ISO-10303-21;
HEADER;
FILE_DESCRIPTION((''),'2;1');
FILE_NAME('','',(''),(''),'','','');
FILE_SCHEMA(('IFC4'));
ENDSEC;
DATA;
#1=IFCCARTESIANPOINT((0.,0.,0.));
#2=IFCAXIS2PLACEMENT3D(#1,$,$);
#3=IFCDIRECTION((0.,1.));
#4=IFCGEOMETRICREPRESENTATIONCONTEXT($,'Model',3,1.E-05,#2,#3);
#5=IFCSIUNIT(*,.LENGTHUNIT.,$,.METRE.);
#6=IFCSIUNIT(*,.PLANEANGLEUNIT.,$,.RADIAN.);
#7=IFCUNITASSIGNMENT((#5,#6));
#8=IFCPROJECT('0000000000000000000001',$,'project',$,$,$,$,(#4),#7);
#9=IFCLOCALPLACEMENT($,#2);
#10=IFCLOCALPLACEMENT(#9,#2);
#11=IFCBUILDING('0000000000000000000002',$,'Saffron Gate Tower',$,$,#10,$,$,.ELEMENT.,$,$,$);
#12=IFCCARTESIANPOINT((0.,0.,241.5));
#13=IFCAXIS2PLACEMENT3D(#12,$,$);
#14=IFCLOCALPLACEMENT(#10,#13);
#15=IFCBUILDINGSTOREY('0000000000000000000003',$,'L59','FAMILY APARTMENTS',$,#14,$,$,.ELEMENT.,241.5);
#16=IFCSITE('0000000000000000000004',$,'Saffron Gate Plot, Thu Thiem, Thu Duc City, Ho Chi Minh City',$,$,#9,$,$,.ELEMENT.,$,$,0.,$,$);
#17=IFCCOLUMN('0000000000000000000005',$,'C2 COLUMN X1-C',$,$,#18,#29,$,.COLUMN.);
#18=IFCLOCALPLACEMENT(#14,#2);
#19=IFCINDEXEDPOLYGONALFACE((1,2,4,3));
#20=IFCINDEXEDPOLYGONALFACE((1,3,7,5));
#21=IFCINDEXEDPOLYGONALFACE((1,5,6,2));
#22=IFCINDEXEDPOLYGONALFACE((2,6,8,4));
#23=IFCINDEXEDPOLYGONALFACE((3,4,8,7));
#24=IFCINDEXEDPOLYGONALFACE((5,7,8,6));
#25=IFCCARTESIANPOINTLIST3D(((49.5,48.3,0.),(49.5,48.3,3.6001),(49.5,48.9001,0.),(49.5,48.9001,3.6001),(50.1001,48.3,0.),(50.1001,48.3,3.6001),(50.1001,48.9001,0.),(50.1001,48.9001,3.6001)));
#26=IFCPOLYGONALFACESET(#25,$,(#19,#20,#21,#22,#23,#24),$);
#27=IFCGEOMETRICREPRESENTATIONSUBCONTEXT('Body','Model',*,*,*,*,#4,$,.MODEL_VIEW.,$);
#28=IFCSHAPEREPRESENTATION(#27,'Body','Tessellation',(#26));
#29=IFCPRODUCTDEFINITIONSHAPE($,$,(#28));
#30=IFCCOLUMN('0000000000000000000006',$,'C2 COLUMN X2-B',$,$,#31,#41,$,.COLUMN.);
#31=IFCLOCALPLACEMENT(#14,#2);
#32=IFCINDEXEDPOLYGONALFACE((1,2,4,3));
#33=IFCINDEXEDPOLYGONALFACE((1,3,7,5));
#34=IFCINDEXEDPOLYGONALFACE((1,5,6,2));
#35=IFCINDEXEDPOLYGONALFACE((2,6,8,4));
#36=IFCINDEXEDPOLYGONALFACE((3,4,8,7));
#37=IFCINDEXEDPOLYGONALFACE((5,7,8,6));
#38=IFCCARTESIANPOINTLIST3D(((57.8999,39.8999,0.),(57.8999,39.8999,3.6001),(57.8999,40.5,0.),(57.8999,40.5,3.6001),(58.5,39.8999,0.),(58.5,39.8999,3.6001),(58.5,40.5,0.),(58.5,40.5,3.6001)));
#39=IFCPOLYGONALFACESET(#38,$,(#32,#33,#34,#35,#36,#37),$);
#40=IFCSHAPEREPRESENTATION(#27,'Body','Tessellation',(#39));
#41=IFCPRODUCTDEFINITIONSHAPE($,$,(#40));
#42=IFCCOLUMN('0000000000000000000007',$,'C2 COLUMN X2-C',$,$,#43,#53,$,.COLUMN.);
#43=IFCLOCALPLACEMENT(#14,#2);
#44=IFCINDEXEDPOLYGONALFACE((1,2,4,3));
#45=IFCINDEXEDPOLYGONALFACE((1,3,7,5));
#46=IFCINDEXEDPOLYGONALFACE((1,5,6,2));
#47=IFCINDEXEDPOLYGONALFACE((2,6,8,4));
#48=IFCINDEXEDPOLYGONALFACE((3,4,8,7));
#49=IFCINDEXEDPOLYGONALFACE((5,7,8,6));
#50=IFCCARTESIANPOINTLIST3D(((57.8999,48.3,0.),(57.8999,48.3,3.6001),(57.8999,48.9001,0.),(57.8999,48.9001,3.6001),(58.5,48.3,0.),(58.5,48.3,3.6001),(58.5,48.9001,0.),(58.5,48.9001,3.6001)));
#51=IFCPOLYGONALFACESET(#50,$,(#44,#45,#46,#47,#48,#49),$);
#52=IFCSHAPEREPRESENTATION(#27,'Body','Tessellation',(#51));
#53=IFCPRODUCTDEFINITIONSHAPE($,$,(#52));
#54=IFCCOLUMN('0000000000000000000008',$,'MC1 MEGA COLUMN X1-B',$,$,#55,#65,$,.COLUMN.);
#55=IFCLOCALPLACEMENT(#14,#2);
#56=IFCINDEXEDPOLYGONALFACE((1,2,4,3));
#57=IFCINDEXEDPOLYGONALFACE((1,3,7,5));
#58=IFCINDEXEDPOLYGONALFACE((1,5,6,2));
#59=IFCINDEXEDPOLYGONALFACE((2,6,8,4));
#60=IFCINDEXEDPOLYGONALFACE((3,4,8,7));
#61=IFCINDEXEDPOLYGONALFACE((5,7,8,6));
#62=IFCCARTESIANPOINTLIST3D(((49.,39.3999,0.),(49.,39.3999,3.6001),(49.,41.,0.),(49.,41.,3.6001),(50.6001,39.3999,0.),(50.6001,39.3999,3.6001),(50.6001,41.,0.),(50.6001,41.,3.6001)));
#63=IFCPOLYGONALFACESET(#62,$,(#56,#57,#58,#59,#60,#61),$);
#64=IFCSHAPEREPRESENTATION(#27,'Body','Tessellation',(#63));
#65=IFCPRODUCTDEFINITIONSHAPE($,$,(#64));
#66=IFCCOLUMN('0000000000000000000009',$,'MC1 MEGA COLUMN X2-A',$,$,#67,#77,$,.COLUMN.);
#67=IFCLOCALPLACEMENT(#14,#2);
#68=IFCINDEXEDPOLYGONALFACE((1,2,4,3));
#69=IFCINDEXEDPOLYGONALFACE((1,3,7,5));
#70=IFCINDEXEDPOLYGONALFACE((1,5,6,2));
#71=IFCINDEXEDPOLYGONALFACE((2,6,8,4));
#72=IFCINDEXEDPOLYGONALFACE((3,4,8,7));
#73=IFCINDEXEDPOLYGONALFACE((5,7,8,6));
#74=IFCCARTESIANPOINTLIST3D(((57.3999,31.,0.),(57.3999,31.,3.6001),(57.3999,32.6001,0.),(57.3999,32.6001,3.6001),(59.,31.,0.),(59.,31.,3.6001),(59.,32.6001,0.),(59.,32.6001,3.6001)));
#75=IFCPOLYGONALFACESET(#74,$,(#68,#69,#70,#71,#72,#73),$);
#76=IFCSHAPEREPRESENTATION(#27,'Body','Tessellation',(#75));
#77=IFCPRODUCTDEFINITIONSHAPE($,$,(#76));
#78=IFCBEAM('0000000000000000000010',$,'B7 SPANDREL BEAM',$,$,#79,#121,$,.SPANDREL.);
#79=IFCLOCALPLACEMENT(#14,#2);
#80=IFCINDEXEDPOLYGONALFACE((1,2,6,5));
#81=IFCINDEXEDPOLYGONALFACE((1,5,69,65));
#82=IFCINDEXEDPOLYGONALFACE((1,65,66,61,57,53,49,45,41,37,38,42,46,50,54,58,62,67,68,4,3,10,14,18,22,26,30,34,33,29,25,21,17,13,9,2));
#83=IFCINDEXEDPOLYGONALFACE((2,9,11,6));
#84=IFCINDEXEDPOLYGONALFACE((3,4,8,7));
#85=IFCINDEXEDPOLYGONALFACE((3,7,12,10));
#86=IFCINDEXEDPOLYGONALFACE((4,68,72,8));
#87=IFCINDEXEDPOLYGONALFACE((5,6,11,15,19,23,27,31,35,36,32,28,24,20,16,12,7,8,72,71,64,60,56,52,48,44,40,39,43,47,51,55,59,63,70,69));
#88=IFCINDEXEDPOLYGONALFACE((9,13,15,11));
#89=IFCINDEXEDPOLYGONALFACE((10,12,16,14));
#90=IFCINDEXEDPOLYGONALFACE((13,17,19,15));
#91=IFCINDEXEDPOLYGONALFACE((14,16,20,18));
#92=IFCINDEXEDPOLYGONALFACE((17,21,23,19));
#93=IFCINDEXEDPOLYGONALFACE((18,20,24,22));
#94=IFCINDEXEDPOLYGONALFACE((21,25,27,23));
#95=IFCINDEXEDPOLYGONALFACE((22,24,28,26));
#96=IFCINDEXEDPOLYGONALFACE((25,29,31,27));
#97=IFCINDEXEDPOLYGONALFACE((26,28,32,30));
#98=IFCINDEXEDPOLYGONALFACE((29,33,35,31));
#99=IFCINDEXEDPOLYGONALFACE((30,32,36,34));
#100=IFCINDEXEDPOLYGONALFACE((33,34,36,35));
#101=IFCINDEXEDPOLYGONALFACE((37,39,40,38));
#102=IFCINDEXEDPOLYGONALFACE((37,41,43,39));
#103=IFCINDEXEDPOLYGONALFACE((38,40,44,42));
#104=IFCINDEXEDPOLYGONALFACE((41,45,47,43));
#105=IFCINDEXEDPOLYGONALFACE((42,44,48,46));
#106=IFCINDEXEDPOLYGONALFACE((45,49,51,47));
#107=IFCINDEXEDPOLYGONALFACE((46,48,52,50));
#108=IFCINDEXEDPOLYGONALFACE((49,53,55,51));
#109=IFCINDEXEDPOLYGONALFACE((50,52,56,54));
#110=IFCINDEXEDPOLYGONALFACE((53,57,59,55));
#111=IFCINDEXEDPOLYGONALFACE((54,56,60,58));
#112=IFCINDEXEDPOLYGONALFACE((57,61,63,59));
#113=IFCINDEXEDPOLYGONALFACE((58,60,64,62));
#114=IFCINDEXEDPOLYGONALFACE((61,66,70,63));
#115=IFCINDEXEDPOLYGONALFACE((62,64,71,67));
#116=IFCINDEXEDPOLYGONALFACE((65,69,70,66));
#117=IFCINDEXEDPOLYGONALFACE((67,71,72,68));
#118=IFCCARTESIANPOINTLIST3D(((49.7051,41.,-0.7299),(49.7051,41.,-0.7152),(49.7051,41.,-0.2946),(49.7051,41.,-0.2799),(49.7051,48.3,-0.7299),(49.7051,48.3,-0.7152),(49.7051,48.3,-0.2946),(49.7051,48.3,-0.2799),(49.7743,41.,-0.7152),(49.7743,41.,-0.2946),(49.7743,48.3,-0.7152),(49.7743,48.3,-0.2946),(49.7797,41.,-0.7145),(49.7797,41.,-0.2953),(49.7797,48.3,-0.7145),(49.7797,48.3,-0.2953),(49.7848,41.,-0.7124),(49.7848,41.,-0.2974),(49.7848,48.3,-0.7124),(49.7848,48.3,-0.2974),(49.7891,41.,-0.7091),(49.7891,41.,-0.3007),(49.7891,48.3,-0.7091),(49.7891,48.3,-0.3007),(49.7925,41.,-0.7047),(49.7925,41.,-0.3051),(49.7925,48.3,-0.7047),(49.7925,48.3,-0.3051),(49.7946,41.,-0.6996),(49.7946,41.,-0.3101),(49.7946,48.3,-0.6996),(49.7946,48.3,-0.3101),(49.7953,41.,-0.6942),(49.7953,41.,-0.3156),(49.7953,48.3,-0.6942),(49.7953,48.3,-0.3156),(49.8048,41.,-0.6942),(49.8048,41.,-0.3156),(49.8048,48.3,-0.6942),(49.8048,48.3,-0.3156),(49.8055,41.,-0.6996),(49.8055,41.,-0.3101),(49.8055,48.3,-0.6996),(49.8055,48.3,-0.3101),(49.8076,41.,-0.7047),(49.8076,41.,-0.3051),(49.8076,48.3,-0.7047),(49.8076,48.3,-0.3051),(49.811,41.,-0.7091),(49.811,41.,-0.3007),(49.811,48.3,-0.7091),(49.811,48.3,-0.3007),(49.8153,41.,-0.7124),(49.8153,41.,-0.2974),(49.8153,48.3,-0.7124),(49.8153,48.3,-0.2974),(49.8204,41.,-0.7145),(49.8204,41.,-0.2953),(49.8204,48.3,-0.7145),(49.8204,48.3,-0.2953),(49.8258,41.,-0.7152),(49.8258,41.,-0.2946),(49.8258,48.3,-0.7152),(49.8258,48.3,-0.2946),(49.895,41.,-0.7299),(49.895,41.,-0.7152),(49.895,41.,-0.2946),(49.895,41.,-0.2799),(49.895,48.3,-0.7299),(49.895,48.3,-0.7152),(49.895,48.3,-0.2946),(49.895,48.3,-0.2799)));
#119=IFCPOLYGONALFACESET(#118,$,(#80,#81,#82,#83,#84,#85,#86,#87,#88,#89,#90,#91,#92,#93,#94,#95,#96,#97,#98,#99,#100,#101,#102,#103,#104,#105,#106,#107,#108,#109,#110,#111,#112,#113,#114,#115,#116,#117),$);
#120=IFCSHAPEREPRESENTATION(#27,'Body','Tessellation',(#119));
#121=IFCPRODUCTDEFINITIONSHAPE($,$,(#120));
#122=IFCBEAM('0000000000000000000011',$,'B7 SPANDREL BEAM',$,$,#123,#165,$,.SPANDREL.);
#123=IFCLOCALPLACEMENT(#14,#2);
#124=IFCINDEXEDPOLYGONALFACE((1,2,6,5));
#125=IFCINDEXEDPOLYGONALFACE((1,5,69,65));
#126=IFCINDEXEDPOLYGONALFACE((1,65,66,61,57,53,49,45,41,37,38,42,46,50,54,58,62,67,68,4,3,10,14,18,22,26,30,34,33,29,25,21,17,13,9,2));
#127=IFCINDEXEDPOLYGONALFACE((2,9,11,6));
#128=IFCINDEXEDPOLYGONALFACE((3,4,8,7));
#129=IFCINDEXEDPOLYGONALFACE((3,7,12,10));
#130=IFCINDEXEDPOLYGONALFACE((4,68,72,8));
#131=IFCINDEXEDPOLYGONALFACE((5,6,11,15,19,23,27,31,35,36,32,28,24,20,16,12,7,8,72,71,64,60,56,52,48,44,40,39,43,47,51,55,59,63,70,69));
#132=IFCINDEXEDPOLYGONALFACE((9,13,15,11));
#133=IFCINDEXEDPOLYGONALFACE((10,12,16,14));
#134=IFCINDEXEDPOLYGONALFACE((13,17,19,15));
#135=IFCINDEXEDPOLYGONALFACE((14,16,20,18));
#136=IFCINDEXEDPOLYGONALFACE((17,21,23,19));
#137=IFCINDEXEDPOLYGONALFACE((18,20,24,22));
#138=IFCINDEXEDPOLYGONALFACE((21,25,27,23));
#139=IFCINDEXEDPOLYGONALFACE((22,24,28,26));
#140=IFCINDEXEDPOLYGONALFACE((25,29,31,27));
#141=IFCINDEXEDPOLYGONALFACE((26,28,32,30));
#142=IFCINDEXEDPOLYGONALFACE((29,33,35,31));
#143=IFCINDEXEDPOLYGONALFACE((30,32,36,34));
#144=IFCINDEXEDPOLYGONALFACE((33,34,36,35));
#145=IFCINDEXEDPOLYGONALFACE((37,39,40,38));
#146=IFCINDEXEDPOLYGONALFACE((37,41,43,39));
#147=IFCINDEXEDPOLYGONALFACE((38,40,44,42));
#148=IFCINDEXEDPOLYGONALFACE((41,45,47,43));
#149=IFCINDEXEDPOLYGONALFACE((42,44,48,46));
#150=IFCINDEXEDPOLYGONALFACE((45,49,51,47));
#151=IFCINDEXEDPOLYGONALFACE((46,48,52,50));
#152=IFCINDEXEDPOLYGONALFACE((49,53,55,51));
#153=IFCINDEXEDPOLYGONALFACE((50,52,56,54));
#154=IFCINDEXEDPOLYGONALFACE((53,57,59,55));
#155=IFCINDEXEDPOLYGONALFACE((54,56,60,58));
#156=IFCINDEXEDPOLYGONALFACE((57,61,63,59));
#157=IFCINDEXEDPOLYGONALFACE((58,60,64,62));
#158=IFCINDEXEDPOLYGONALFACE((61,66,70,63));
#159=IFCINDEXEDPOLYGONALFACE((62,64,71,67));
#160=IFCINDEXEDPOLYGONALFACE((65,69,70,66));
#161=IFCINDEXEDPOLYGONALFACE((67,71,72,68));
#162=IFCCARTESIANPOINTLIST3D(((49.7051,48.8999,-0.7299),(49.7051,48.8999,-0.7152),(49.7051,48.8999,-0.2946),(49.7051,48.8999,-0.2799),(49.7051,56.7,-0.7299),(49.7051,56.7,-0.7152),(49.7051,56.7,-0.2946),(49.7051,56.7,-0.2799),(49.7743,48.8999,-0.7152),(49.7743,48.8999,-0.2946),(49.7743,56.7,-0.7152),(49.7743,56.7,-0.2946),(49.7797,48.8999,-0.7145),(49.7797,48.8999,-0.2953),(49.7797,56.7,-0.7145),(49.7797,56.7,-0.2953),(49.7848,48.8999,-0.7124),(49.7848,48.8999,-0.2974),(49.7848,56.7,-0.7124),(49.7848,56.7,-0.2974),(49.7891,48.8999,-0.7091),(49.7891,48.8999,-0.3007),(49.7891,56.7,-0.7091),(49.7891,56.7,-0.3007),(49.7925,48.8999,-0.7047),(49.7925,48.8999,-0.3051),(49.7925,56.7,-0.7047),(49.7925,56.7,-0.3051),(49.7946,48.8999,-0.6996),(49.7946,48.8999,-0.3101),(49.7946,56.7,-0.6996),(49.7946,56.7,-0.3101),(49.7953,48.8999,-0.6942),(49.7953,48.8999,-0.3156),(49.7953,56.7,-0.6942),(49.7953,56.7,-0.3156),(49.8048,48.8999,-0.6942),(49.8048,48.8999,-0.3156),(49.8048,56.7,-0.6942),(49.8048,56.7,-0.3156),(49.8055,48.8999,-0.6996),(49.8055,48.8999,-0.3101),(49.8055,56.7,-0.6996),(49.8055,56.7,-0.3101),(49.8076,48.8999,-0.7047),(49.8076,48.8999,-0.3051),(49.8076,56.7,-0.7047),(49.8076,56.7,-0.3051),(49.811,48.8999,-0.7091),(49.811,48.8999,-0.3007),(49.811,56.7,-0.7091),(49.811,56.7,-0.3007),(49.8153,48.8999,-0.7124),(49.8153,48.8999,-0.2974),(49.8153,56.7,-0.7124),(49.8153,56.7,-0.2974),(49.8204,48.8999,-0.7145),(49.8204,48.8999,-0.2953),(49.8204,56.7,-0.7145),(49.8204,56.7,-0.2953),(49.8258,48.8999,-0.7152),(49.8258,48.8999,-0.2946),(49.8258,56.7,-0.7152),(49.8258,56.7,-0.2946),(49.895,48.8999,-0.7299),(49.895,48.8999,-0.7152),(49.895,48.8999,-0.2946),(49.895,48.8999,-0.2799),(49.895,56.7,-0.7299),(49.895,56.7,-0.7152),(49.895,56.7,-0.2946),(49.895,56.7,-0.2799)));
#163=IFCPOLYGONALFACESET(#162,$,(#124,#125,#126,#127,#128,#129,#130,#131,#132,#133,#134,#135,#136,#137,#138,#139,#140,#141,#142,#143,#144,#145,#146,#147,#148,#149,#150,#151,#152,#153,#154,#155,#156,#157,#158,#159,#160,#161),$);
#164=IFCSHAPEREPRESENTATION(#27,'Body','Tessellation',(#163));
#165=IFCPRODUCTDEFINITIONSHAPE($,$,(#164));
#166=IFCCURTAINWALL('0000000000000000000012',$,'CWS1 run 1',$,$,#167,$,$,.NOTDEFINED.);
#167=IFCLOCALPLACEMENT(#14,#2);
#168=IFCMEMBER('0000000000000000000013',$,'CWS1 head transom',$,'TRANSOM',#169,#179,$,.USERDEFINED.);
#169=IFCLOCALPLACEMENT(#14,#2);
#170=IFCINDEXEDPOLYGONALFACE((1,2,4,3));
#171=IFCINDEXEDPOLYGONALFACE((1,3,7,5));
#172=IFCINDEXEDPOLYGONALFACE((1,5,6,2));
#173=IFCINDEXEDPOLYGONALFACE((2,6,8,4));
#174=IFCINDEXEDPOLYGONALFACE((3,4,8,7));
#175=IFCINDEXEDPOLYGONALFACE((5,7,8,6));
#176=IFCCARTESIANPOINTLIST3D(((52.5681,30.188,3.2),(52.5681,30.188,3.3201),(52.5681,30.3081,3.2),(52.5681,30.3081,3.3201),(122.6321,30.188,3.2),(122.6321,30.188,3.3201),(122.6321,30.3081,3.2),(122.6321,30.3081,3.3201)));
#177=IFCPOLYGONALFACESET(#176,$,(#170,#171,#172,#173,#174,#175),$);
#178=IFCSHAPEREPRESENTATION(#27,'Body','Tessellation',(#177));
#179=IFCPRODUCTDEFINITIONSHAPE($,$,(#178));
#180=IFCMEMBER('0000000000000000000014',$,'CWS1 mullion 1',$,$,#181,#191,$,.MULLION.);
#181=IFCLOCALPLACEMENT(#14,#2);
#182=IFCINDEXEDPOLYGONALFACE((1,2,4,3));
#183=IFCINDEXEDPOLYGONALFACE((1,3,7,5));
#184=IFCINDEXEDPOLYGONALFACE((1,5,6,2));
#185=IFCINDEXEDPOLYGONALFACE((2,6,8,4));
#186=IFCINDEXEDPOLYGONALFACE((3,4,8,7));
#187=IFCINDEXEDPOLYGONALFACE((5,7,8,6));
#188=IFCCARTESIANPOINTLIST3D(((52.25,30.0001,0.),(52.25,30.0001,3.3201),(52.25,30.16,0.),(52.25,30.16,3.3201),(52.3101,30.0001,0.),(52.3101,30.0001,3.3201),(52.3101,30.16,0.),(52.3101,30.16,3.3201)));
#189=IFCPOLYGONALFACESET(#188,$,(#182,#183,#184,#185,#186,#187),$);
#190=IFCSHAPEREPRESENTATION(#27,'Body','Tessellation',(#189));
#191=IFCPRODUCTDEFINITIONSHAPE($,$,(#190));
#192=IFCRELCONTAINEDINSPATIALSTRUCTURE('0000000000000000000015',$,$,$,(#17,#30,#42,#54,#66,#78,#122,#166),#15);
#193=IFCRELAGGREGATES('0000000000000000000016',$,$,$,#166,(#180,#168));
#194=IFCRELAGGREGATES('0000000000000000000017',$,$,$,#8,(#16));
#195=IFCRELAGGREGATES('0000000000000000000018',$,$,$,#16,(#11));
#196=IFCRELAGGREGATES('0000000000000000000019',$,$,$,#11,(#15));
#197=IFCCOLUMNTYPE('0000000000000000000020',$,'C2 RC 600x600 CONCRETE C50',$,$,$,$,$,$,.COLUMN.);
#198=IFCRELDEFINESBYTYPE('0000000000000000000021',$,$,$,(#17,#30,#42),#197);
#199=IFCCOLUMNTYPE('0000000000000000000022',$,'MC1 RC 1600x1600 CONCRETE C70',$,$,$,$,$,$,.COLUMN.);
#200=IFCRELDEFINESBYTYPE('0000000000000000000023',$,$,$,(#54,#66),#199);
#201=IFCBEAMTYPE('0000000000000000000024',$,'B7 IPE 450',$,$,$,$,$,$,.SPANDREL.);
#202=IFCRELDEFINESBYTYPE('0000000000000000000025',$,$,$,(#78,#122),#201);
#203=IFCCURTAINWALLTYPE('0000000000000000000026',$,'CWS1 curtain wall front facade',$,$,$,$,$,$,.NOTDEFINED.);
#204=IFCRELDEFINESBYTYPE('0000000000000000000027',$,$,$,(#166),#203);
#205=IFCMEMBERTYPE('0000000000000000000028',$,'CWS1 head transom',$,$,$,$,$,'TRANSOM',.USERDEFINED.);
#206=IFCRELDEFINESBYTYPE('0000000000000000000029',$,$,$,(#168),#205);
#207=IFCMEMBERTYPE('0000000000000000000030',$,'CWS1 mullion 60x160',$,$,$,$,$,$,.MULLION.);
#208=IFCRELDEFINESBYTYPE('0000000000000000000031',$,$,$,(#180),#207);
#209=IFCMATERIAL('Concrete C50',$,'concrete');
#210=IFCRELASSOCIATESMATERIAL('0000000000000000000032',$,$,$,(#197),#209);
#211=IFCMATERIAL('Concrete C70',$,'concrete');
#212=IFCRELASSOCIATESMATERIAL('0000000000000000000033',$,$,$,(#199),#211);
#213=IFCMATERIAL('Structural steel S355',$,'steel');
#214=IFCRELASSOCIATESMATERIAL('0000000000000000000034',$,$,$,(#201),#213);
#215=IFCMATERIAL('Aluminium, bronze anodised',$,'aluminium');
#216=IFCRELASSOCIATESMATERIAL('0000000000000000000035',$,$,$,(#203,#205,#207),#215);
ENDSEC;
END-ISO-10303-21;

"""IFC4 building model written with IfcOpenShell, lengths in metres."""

from ifc_helpers import new_model, si_unit, direction, frame, origin, origin_2d, place, context, subcontext, project, spatial, rectangle, i_section, extrude, material, material_profile, profile_set, type_object, element, aggregate, save


model = new_model("IFC4")

# Units and contexts
model_context = context("Model", 3, precision=1e-05, world=origin(), true_north=direction((0.0, 1.0)))
body_context = subcontext(model_context, "Body", "Model", "MODEL_VIEW")
ifc_project = project(units=[si_unit("LENGTHUNIT", "METRE"), si_unit("PLANEANGLEUNIT", "RADIAN")], contexts=[model_context])

# Site, building, storey
site_placement = place(None, origin())
site = spatial("IfcSite", under=ifc_project, at=site_placement, Name="Saffron Gate Plot, Thu Thiem, Thu Duc City, Ho Chi Minh City", CompositionType="ELEMENT", RefElevation=0.0)
building_placement = place(site_placement, origin())
building = spatial("IfcBuilding", under=site, at=building_placement, Name="Saffron Gate Tower", CompositionType="ELEMENT")
storey_placement = place(building_placement, frame((0.0, 0.0, 241.5)))
storey = spatial("IfcBuildingStorey", under=building, at=storey_placement, Name="L59", Description="FAMILY APARTMENTS", CompositionType="ELEMENT", Elevation=241.5)

# Columns
ifc_material_1 = material(Name="Concrete C50", Category="concrete")
ifc_material_profile_1 = material_profile(ifc_material_1, rectangle(XDim=0.6001, YDim=0.6001, at=origin_2d()))
ifc_profile_set_1 = profile_set([ifc_material_profile_1], Name="Concrete C50")
column_type_1 = type_object("IfcColumnType", Name="C2 RC 600x600 CONCRETE C50", PredefinedType="COLUMN", material=ifc_profile_set_1)
for number, where, z_axis, x_axis, name in (
    (1, (49.8, 48.6001, 0.0), (0.0, 0.0, 1.0), (1.0, 0.0, 0.0), "C2 COLUMN X1-C"),
    (2, (58.2, 40.2, 0.0), (0.0, 0.0, 1.0), (1.0, 0.0, 0.0), "C2 COLUMN X2-B"),
    (3, (58.2, 48.6001, 0.0), (0.0, 0.0, 1.0), (1.0, 0.0, 0.0), "C2 COLUMN X2-C"),
):
    element("IfcColumn", number, at=place(storey_placement, frame(where, z_axis=z_axis, x_axis=x_axis)), inside=storey, type_object=column_type_1, Name=name, PredefinedType="COLUMN", context=body_context, shape_type="SweptSolid", body=[
        extrude(rectangle(XDim=0.6001, YDim=0.6001, at=origin_2d()), origin(), (0.0, 0.0, 1.0), 3.6001),
    ])
ifc_material_2 = material(Name="Concrete C70", Category="concrete")
ifc_material_profile_2 = material_profile(ifc_material_2, rectangle(XDim=1.6001, YDim=1.6001, at=origin_2d()))
ifc_profile_set_2 = profile_set([ifc_material_profile_2], Name="Concrete C70")
column_type_2 = type_object("IfcColumnType", Name="MC1 RC 1600x1600 CONCRETE C70", PredefinedType="COLUMN", material=ifc_profile_set_2)
for number, where, z_axis, x_axis, name in (
    (4, (49.8, 40.2, 0.0), (0.0, 0.0, 1.0), (1.0, 0.0, 0.0), "MC1 MEGA COLUMN X1-B"),
    (5, (58.2, 31.8, 0.0), (0.0, 0.0, 1.0), (1.0, 0.0, 0.0), "MC1 MEGA COLUMN X2-A"),
):
    element("IfcColumn", number, at=place(storey_placement, frame(where, z_axis=z_axis, x_axis=x_axis)), inside=storey, type_object=column_type_2, Name=name, PredefinedType="COLUMN", context=body_context, shape_type="SweptSolid", body=[
        extrude(rectangle(XDim=1.6001, YDim=1.6001, at=origin_2d()), origin(), (0.0, 0.0, 1.0), 3.6001),
    ])

# Beams
ifc_material_3 = material(Name="Structural steel S355", Category="steel")
ifc_material_profile_3 = material_profile(ifc_material_3, i_section(OverallWidth=0.1899, OverallDepth=0.45, WebThickness=0.0095, FlangeThickness=0.0146, FilletRadius=0.021, at=origin_2d()))
ifc_profile_set_3 = profile_set([ifc_material_profile_3], Name="Structural steel S355")
beam_type = type_object("IfcBeamType", Name="B7 IPE 450", PredefinedType="SPANDREL", material=ifc_profile_set_3)
beam_1_placement = place(storey_placement, frame((49.8, 41.0, -0.5049), z_axis=(0.0, 1.0, 0.0), x_axis=(-1.0, 0.0, 0.0)))
element("IfcBeam", 6, at=beam_1_placement, inside=storey, type_object=beam_type, Name="B7 SPANDREL BEAM", PredefinedType="SPANDREL", context=body_context, shape_type="SweptSolid", body=[
    extrude(i_section(OverallWidth=0.1899, OverallDepth=0.45, WebThickness=0.0095, FlangeThickness=0.0146, FilletRadius=0.021, at=origin_2d()), origin(), (0.0, 0.0, 1.0), 7.3),
])
beam_2_placement = place(storey_placement, frame((49.8, 48.8999, -0.5049), z_axis=(0.0, 1.0, 0.0), x_axis=(-1.0, 0.0, 0.0)))
element("IfcBeam", 7, at=beam_2_placement, inside=storey, type_object=beam_type, Name="B7 SPANDREL BEAM", PredefinedType="SPANDREL", context=body_context, shape_type="SweptSolid", body=[
    extrude(i_section(OverallWidth=0.1899, OverallDepth=0.45, WebThickness=0.0095, FlangeThickness=0.0146, FilletRadius=0.021, at=origin_2d()), origin(), (0.0, 0.0, 1.0), 7.8),
])

# Curtain wall, members
ifc_material_4 = material(Name="Aluminium, bronze anodised", Category="aluminium")
curtain_wall_type_1 = type_object("IfcCurtainWallType", Name="CWS1 curtain wall front facade", PredefinedType="NOTDEFINED", material=ifc_material_4)
curtain_wall_1_placement = place(storey_placement, origin())
curtain_wall_1 = element("IfcCurtainWall", 8, at=curtain_wall_1_placement, inside=storey, type_object=curtain_wall_type_1, Name="CWS1 run 1", PredefinedType="NOTDEFINED")
ifc_material_profile_4 = material_profile(ifc_material_4, rectangle(XDim=0.1201, YDim=0.1201, at=origin_2d()))
ifc_profile_set_4 = profile_set([ifc_material_profile_4], Name="Aluminium, bronze anodised")
member_type_1 = type_object("IfcMemberType", Name="CWS1 head transom", ElementType="TRANSOM", PredefinedType="USERDEFINED", material=ifc_profile_set_4)
member_1_placement = place(storey_placement, frame((52.5681, 30.248, 3.26), z_axis=(1.0, 0.0, 0.0), x_axis=(0.0, 1.0, 0.0)))
member_1 = element("IfcMember", 9, at=member_1_placement, type_object=member_type_1, Name="CWS1 head transom", ObjectType="TRANSOM", PredefinedType="USERDEFINED", context=body_context, shape_type="SweptSolid", body=[
    extrude(rectangle(XDim=0.1201, YDim=0.1201, at=origin_2d()), origin(), (0.0, 0.0, 1.0), 70.064),
])
ifc_material_profile_5 = material_profile(ifc_material_4, rectangle(XDim=0.1599, YDim=0.0601, at=origin_2d()))
ifc_profile_set_5 = profile_set([ifc_material_profile_5], Name="Aluminium, bronze anodised")
member_type_2 = type_object("IfcMemberType", Name="CWS1 mullion 60x160", PredefinedType="MULLION", material=ifc_profile_set_5)
member_2_placement = place(storey_placement, frame((52.28, 30.0801, 0.0), z_axis=(0.0, 0.0, 1.0), x_axis=(0.0, 1.0, 0.0)))
member_2 = element("IfcMember", 10, at=member_2_placement, type_object=member_type_2, Name="CWS1 mullion 1", PredefinedType="MULLION", context=body_context, shape_type="SweptSolid", body=[
    extrude(rectangle(XDim=0.1599, YDim=0.0601, at=origin_2d()), origin(), (0.0, 0.0, 1.0), 3.3201),
])

aggregate(curtain_wall_1, [member_2, member_1])

save(model, "model.ifc")
